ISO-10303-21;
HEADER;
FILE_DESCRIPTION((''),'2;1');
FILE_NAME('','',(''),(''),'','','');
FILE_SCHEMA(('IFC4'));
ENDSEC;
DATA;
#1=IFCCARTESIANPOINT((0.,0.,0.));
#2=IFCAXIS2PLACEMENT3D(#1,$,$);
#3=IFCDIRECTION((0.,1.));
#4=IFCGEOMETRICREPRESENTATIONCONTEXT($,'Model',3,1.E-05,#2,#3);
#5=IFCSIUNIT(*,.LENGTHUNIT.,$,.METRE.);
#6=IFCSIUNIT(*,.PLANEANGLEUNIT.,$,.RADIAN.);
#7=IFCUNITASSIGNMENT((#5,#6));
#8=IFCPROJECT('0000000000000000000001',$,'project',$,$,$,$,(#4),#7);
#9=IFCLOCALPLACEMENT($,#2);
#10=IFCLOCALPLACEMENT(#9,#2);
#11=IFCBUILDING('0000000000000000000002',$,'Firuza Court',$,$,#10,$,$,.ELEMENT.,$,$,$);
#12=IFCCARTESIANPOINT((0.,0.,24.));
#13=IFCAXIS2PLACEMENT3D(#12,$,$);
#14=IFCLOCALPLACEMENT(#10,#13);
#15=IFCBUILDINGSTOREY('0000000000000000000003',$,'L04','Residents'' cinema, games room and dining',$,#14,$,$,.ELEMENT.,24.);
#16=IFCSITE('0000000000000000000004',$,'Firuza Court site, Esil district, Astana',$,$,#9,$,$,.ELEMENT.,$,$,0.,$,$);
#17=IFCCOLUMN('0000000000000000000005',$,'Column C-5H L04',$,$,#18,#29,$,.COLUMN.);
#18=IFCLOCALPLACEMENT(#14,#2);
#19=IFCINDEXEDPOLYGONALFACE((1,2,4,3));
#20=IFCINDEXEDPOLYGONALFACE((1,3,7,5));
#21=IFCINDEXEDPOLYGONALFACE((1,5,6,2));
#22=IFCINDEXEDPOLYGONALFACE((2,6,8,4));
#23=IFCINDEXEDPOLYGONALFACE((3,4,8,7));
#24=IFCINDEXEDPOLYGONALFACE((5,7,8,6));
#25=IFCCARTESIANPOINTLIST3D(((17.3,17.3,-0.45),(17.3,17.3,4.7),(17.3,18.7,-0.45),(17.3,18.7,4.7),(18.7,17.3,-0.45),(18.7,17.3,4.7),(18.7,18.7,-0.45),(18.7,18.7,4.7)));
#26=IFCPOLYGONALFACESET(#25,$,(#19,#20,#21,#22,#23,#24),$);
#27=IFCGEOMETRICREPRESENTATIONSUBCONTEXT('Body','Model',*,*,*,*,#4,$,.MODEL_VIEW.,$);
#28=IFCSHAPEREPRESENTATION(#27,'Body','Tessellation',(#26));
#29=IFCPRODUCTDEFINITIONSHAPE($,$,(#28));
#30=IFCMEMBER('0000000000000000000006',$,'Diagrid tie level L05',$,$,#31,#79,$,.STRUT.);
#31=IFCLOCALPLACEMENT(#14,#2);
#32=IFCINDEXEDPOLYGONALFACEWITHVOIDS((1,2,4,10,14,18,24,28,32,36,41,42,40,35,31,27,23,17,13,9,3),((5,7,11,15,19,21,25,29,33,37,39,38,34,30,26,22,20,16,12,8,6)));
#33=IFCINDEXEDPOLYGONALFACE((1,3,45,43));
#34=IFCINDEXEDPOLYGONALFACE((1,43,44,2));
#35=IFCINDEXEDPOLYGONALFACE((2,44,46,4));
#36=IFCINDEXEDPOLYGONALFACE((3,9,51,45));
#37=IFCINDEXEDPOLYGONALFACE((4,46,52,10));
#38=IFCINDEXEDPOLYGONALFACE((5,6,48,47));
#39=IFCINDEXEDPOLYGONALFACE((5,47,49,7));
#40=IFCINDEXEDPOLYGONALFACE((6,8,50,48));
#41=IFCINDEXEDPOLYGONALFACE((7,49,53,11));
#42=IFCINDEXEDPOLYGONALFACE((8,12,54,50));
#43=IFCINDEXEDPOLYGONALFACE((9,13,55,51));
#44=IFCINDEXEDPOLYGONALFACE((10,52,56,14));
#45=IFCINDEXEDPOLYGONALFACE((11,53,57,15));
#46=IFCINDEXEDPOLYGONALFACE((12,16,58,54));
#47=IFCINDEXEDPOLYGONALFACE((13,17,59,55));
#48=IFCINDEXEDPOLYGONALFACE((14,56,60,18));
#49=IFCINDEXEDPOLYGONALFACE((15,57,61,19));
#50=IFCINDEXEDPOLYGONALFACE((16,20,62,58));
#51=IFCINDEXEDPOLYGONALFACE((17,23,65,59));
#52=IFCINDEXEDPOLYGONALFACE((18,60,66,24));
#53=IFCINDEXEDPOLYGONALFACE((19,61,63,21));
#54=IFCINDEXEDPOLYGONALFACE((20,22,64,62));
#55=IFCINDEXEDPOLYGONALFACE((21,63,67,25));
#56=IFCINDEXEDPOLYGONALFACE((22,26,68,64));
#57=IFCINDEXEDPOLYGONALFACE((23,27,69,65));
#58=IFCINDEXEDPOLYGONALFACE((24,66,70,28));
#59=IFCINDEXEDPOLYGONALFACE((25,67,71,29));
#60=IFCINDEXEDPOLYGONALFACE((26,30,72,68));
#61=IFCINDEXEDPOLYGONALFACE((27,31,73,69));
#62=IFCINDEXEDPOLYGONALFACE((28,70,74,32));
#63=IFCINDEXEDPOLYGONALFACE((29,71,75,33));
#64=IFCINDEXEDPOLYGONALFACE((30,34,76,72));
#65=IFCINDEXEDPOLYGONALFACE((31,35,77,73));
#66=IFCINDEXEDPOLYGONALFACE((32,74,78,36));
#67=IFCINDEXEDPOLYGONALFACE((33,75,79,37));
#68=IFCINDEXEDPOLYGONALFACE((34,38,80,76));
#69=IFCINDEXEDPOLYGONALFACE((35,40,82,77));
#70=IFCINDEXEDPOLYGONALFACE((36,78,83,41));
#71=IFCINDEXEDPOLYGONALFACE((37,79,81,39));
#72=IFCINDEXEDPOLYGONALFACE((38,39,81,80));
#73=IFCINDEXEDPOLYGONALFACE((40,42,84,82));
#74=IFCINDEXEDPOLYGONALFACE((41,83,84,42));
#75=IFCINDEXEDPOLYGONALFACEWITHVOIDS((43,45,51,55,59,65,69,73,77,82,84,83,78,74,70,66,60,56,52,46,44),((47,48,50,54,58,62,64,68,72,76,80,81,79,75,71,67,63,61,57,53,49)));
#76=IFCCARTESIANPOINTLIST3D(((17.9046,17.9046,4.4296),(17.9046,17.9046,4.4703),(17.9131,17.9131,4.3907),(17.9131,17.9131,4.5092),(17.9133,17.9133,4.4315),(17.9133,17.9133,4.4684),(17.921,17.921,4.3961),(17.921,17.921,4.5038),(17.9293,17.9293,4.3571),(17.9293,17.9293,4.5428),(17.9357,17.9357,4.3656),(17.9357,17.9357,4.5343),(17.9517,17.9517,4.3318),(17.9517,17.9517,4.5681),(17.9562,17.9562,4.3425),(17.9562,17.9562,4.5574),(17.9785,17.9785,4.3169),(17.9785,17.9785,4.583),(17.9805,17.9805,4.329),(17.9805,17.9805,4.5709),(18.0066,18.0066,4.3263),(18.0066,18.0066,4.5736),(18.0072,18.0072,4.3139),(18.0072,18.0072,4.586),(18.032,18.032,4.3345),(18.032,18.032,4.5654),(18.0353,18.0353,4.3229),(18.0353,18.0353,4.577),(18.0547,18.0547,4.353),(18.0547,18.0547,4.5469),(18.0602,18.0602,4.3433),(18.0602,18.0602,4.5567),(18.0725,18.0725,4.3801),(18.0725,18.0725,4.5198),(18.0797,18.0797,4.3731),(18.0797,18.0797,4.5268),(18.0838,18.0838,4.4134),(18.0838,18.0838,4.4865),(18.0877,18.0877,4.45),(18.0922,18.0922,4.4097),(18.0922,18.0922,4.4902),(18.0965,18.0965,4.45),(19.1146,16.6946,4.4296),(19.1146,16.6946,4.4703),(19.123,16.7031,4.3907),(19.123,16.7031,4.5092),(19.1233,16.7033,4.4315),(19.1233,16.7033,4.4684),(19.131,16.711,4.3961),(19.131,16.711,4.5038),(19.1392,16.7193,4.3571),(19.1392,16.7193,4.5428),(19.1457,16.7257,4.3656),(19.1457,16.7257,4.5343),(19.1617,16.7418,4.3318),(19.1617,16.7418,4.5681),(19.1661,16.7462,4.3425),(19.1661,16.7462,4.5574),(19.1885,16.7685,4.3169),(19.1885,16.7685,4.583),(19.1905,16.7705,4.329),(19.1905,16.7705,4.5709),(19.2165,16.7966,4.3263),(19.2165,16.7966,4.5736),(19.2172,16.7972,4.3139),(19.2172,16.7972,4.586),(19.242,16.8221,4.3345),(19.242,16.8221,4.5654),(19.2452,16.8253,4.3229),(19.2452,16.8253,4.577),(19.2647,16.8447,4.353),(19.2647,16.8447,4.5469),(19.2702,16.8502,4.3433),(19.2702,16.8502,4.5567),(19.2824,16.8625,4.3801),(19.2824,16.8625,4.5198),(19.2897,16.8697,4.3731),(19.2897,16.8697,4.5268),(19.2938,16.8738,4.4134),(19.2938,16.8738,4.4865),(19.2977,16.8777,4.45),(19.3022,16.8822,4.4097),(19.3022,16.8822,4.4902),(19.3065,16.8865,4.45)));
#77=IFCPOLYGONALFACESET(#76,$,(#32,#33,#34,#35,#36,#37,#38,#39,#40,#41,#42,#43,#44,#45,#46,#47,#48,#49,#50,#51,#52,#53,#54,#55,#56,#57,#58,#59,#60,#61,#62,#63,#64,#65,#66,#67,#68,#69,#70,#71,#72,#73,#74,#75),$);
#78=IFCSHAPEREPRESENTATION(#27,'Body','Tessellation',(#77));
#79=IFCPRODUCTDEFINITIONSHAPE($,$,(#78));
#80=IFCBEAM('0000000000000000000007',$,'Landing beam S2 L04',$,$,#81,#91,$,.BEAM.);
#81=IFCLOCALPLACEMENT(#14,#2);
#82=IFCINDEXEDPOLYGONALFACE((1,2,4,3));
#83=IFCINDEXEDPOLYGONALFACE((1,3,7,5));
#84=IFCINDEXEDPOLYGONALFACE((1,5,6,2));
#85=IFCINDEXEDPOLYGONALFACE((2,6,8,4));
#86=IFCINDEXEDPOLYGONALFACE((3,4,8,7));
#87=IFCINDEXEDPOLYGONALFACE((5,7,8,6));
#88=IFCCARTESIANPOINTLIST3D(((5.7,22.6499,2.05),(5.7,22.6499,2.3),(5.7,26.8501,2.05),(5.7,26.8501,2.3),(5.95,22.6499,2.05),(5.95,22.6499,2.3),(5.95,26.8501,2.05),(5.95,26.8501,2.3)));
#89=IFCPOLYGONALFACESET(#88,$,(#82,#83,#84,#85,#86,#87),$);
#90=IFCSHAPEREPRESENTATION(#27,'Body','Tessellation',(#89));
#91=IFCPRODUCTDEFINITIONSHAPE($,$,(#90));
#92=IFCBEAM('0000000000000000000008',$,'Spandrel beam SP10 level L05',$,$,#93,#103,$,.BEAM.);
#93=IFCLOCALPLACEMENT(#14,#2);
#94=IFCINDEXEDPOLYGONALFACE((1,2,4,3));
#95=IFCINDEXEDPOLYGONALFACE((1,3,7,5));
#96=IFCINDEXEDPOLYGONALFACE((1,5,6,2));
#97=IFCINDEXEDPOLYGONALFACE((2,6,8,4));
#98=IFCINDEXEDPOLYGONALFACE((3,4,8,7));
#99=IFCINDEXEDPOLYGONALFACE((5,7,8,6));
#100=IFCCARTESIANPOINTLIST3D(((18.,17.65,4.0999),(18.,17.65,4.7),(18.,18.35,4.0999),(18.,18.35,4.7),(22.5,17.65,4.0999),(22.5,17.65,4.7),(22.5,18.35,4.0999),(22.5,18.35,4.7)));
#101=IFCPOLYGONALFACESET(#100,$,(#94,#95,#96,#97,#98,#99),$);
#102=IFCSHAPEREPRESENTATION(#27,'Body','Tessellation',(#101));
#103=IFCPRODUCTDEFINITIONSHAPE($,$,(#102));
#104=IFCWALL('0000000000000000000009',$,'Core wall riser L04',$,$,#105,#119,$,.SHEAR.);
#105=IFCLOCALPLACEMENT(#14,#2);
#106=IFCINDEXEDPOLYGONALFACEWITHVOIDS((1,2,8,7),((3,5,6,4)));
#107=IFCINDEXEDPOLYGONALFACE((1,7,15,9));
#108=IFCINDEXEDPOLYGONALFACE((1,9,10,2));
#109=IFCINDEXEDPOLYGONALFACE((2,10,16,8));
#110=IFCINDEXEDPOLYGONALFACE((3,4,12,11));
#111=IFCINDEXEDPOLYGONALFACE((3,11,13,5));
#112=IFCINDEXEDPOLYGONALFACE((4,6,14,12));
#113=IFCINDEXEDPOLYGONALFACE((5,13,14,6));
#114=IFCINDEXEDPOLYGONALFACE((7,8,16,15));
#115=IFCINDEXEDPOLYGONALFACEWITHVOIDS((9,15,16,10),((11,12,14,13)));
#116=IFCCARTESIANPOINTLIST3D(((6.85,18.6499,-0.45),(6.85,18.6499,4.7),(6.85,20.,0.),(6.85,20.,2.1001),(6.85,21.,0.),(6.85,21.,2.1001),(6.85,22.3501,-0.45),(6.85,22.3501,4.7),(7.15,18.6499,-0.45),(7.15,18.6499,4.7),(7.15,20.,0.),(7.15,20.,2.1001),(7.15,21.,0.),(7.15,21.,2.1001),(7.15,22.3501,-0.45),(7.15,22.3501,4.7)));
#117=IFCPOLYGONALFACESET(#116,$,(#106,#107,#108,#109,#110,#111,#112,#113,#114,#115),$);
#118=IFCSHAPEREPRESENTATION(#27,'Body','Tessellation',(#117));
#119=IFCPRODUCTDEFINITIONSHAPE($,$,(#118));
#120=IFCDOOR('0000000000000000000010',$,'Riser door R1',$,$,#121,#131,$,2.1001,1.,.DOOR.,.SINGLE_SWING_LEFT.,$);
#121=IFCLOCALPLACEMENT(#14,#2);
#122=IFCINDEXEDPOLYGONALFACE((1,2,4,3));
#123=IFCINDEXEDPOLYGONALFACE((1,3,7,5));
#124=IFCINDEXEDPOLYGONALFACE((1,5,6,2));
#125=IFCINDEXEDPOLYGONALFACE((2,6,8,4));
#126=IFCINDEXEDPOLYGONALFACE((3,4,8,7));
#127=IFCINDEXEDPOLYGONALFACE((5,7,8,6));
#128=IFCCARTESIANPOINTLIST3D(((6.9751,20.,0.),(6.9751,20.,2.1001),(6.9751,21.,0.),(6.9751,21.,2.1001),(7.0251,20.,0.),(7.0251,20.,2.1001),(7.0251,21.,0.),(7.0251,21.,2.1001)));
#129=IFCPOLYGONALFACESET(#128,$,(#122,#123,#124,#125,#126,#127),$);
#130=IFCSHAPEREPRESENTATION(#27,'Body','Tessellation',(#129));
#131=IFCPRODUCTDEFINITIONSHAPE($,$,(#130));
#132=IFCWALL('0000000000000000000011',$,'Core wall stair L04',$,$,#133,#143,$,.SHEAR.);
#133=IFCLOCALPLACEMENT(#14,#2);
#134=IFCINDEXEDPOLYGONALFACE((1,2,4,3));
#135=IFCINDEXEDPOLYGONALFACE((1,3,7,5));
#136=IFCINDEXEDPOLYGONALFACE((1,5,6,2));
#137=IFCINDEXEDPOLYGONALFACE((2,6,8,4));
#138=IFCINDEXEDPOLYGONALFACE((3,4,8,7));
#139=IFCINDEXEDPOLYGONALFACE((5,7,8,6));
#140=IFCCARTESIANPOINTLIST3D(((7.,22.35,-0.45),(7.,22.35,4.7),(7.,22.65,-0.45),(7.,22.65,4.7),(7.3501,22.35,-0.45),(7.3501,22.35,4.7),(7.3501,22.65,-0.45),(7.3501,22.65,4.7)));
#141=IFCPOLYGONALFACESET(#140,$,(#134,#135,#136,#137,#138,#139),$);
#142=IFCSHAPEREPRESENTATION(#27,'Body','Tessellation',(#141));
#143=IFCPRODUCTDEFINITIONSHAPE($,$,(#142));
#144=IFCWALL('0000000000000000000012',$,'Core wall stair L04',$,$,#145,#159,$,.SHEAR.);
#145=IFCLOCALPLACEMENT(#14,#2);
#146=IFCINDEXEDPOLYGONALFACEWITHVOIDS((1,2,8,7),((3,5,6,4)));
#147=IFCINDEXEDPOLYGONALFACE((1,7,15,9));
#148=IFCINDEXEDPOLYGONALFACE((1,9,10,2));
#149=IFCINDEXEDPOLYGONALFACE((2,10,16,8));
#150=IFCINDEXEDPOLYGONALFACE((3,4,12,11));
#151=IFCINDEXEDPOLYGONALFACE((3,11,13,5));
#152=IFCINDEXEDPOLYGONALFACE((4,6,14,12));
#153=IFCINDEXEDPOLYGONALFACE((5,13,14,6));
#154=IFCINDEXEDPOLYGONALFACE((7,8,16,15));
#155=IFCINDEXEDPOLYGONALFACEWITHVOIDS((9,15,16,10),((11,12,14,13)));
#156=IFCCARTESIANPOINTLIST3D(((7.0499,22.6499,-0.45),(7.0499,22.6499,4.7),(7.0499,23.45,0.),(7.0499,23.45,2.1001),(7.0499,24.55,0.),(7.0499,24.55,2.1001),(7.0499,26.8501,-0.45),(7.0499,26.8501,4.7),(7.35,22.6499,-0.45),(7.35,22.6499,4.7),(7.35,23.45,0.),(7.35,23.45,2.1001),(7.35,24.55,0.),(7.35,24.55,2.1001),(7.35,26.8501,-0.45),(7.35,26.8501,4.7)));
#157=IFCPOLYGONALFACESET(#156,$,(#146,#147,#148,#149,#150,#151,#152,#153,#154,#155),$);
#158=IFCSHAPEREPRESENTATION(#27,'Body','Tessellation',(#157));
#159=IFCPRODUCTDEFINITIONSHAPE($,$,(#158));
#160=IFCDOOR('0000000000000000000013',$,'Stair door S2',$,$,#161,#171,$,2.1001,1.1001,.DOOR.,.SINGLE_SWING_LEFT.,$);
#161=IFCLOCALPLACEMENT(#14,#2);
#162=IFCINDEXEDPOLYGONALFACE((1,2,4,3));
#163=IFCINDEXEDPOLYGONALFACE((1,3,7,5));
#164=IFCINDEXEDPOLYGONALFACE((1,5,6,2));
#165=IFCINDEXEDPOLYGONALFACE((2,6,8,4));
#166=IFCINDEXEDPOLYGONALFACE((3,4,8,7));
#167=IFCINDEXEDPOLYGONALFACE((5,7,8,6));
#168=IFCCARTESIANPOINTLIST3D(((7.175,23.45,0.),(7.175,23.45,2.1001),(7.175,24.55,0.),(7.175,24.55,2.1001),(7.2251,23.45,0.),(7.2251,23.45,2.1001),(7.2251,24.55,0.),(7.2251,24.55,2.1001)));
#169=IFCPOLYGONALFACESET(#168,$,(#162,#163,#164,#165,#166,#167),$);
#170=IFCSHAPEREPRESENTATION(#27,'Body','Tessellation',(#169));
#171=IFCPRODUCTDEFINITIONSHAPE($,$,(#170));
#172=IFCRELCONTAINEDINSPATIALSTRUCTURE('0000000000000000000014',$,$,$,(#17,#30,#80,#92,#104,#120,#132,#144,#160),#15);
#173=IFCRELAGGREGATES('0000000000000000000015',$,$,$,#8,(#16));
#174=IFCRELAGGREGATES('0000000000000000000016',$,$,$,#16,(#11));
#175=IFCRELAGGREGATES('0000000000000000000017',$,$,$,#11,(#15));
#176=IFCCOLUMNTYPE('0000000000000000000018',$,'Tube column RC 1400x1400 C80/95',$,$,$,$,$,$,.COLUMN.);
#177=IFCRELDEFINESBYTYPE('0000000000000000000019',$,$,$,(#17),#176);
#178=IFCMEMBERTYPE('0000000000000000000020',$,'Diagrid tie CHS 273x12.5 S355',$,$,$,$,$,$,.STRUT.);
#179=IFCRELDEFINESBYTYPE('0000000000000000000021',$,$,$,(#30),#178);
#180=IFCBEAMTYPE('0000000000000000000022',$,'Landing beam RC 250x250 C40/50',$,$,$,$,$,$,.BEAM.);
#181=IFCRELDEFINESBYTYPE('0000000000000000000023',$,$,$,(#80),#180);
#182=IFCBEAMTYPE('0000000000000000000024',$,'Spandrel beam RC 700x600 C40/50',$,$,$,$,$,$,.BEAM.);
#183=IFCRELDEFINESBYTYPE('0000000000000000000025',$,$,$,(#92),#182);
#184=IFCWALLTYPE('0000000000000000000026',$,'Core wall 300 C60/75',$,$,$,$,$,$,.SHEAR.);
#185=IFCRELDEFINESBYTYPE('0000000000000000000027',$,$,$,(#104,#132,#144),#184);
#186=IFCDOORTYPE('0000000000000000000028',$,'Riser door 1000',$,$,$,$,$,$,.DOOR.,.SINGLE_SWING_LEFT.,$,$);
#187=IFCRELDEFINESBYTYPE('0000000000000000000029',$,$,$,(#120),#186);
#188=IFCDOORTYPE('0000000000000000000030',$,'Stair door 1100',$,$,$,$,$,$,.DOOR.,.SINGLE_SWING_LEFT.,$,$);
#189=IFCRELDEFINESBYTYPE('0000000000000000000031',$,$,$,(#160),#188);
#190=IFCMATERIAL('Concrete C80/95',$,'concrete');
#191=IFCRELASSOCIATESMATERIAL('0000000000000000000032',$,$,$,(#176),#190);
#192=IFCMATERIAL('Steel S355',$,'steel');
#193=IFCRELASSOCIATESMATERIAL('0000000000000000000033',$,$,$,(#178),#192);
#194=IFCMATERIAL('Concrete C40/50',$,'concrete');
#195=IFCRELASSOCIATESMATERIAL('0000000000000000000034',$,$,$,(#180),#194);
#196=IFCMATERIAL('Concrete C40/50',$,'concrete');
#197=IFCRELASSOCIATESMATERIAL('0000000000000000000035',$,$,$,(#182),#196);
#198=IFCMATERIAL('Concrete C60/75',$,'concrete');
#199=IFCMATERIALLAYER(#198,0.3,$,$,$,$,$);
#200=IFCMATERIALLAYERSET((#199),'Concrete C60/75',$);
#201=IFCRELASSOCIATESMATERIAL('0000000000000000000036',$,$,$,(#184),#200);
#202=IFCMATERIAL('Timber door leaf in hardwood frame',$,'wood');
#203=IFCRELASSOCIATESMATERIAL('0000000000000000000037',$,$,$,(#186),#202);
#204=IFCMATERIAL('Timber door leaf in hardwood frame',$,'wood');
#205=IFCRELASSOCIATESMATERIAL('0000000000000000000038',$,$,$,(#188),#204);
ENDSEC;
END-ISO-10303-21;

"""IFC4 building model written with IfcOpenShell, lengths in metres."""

from ifc_helpers import new_model, si_unit, direction, frame, frame_2d, origin, origin_2d, place, context, subcontext, project, spatial, rectangle, hollow_circle, extrude, material, layer, layer_set, material_profile, profile_set, type_object, element, fill, save


model = new_model("IFC4")

# Units and contexts
model_context = context("Model", 3, precision=1e-05, world=origin(), true_north=direction((0.0, 1.0)))
body_context = subcontext(model_context, "Body", "Model", "MODEL_VIEW")
ifc_project = project(units=[si_unit("LENGTHUNIT", "METRE"), si_unit("PLANEANGLEUNIT", "RADIAN")], contexts=[model_context])

# Site, building, storey
site_placement = place(None, origin())
site = spatial("IfcSite", under=ifc_project, at=site_placement, Name="Firuza Court site, Esil district, Astana", CompositionType="ELEMENT", RefElevation=0.0)
building_placement = place(site_placement, origin())
building = spatial("IfcBuilding", under=site, at=building_placement, Name="Firuza Court", CompositionType="ELEMENT")
storey_placement = place(building_placement, frame((0.0, 0.0, 24.0)))
storey = spatial("IfcBuildingStorey", under=building, at=storey_placement, Name="L04", Description="Residents' cinema, games room and dining", CompositionType="ELEMENT", Elevation=24.0)

# Column
ifc_material_1 = material(Name="Concrete C80/95", Category="concrete")
ifc_material_profile_1 = material_profile(ifc_material_1, rectangle(XDim=1.3999, YDim=1.3999, at=origin_2d()), Name="RC 1400x1400")
ifc_profile_set_1 = profile_set([ifc_material_profile_1], Name="Concrete C80/95")
column_type = type_object("IfcColumnType", Name="Tube column RC 1400x1400 C80/95", PredefinedType="COLUMN", material=ifc_profile_set_1)
column_placement = place(storey_placement, frame((18.0, 18.0, -0.45), z_axis=(0.0, 0.0, 1.0), x_axis=(1.0, 0.0, 0.0)))
element("IfcColumn", 1, at=column_placement, inside=storey, type_object=column_type, Name="Column C-5H L04", PredefinedType="COLUMN", context=body_context, shape_type="SweptSolid", body=[
    extrude(rectangle(XDim=1.3999, YDim=1.3999, at=origin_2d()), origin(), (0.0, 0.0, 1.0), 5.1499),
])

# Member
ifc_material_2 = material(Name="Steel S355", Category="steel")
ifc_material_profile_2 = material_profile(ifc_material_2, hollow_circle(Radius=0.1365, WallThickness=0.0125, at=origin_2d()), Name="CHS 273x12.5")
ifc_profile_set_2 = profile_set([ifc_material_profile_2], Name="Steel S355")
member_type = type_object("IfcMemberType", Name="Diagrid tie CHS 273x12.5 S355", PredefinedType="STRUT", material=ifc_profile_set_2)
member_placement = place(storey_placement, frame((18.0, 18.0, 4.45), z_axis=(0.707107, -0.707107, 0.0), x_axis=(0.707107, 0.707107, 0.0)))
element("IfcMember", 2, at=member_placement, inside=storey, type_object=member_type, Name="Diagrid tie level L05", PredefinedType="STRUT", context=body_context, shape_type="SweptSolid", body=[
    extrude(hollow_circle(Radius=0.1365, WallThickness=0.0125, at=origin_2d()), origin(), (0.0, 0.0, 1.0), 1.7112),
])

# Beams
ifc_material_3 = material(Name="Concrete C40/50", Category="concrete")
ifc_material_profile_3 = material_profile(ifc_material_3, rectangle(XDim=0.25, YDim=0.25, at=origin_2d()), Name="RC 250x250")
ifc_profile_set_3 = profile_set([ifc_material_profile_3], Name="Concrete C40/50")
beam_type_1 = type_object("IfcBeamType", Name="Landing beam RC 250x250 C40/50", PredefinedType="BEAM", material=ifc_profile_set_3)
beam_1_placement = place(storey_placement, frame((5.825, 22.6499, 2.175), z_axis=(0.0, 1.0, 0.0), x_axis=(-1.0, 0.0, 0.0)))
element("IfcBeam", 3, at=beam_1_placement, inside=storey, type_object=beam_type_1, Name="Landing beam S2 L04", PredefinedType="BEAM", context=body_context, shape_type="SweptSolid", body=[
    extrude(rectangle(XDim=0.25, YDim=0.25, at=origin_2d()), origin(), (0.0, 0.0, 1.0), 4.2002),
])
ifc_material_4 = material(Name="Concrete C40/50", Category="concrete")
ifc_material_profile_4 = material_profile(ifc_material_4, rectangle(XDim=0.7, YDim=0.6001, at=origin_2d()), Name="RC 700x600")
ifc_profile_set_4 = profile_set([ifc_material_profile_4], Name="Concrete C40/50")
beam_type_2 = type_object("IfcBeamType", Name="Spandrel beam RC 700x600 C40/50", PredefinedType="BEAM", material=ifc_profile_set_4)
beam_2_placement = place(storey_placement, frame((18.0, 18.0, 4.3999), z_axis=(1.0, 0.0, 0.0), x_axis=(0.0, 1.0, 0.0)))
element("IfcBeam", 4, at=beam_2_placement, inside=storey, type_object=beam_type_2, Name="Spandrel beam SP10 level L05", PredefinedType="BEAM", context=body_context, shape_type="SweptSolid", body=[
    extrude(rectangle(XDim=0.7, YDim=0.6001, at=origin_2d()), origin(), (0.0, 0.0, 1.0), 4.5),
])

# Wall, opening, door
ifc_material_5 = material(Name="Concrete C60/75", Category="concrete")
ifc_layer_1 = layer(ifc_material_5, 0.3)
ifc_layer_set_1 = layer_set([ifc_layer_1], Name="Concrete C60/75")
wall_type_1 = type_object("IfcWallType", Name="Core wall 300 C60/75", PredefinedType="SHEAR", material=ifc_layer_set_1)
wall_1_placement = place(storey_placement, frame((7.0, 18.6499, -0.45), z_axis=(0.0, 0.0, 1.0), x_axis=(0.0, 1.0, 0.0)))
wall_1 = element("IfcWall", 5, at=wall_1_placement, inside=storey, type_object=wall_type_1, Name="Core wall riser L04", PredefinedType="SHEAR", context=body_context, shape_type="SweptSolid", body=[
    extrude(rectangle(XDim=3.7002, YDim=0.3, at=frame_2d((1.8501, 0.0))), origin(), (0.0, 0.0, 1.0), 5.1499),
])
opening_1_placement = place(wall_1_placement, frame((1.3501, 0.0, 0.45)))
opening_1 = element("IfcOpeningElement", 6, at=opening_1_placement, cuts=wall_1, PredefinedType="OPENING", context=body_context, shape_type="SweptSolid", body=[
    extrude(rectangle(XDim=1.0, YDim=2.1001, at=frame_2d((0.5, 1.05))), frame((0.0, 0.1621, 0.0), z_axis=(0.0, -1.0, 0.0), x_axis=(1.0, 0.0, 0.0)), (0.0, 0.0, 1.0), 0.324),
])
ifc_material_6 = material(Name="Timber door leaf in hardwood frame", Category="wood")
door_type_1 = type_object("IfcDoorType", Name="Riser door 1000", OperationType="SINGLE_SWING_LEFT", PredefinedType="DOOR", material=ifc_material_6)
door_1_placement = place(opening_1_placement, origin())
door_1 = element("IfcDoor", 7, at=door_1_placement, inside=storey, type_object=door_type_1, Name="Riser door R1", OperationType="SINGLE_SWING_LEFT", OverallHeight=2.1001, OverallWidth=1.0, PredefinedType="DOOR", context=body_context, shape_type="SweptSolid", body=[
    extrude(rectangle(XDim=1.0, YDim=2.1001, at=frame_2d((0.5, 1.05))), frame((0.0, 0.0249, 0.0), z_axis=(0.0, -1.0, 0.0), x_axis=(1.0, 0.0, 0.0)), (0.0, 0.0, 1.0), 0.05),
])
fill(opening_1, door_1)

# Wall
wall_2_placement = place(storey_placement, frame((7.0, 22.5, -0.45), z_axis=(0.0, 0.0, 1.0), x_axis=(1.0, 0.0, 0.0)))
element("IfcWall", 8, at=wall_2_placement, inside=storey, type_object=wall_type_1, Name="Core wall stair L04", PredefinedType="SHEAR", context=body_context, shape_type="SweptSolid", body=[
    extrude(rectangle(XDim=0.3501, YDim=0.3, at=frame_2d((0.175, 0.0))), origin(), (0.0, 0.0, 1.0), 5.1499),
])

# Wall, opening, door
wall_3_placement = place(storey_placement, frame((7.2, 22.6499, -0.45), z_axis=(0.0, 0.0, 1.0), x_axis=(0.0, 1.0, 0.0)))
wall_3 = element("IfcWall", 9, at=wall_3_placement, inside=storey, type_object=wall_type_1, Name="Core wall stair L04", PredefinedType="SHEAR", context=body_context, shape_type="SweptSolid", body=[
    extrude(rectangle(XDim=4.2002, YDim=0.3, at=frame_2d((2.1001, 0.0))), origin(), (0.0, 0.0, 1.0), 5.1499),
])
opening_2_placement = place(wall_3_placement, frame((0.8, 0.0, 0.45)))
opening_2 = element("IfcOpeningElement", 10, at=opening_2_placement, cuts=wall_3, PredefinedType="OPENING", context=body_context, shape_type="SweptSolid", body=[
    extrude(rectangle(XDim=1.1001, YDim=2.1001, at=frame_2d((0.55, 1.05))), frame((0.0, 0.1621, 0.0), z_axis=(0.0, -1.0, 0.0), x_axis=(1.0, 0.0, 0.0)), (0.0, 0.0, 1.0), 0.324),
])
ifc_material_7 = material(Name="Timber door leaf in hardwood frame", Category="wood")
door_type_2 = type_object("IfcDoorType", Name="Stair door 1100", OperationType="SINGLE_SWING_LEFT", PredefinedType="DOOR", material=ifc_material_7)
door_2_placement = place(opening_2_placement, origin())
door_2 = element("IfcDoor", 11, at=door_2_placement, inside=storey, type_object=door_type_2, Name="Stair door S2", OperationType="SINGLE_SWING_LEFT", OverallHeight=2.1001, OverallWidth=1.1001, PredefinedType="DOOR", context=body_context, shape_type="SweptSolid", body=[
    extrude(rectangle(XDim=1.1001, YDim=2.1001, at=frame_2d((0.55, 1.05))), frame((0.0, 0.0249, 0.0), z_axis=(0.0, -1.0, 0.0), x_axis=(1.0, 0.0, 0.0)), (0.0, 0.0, 1.0), 0.05),
])
fill(opening_2, door_2)

save(model, "model.ifc")
